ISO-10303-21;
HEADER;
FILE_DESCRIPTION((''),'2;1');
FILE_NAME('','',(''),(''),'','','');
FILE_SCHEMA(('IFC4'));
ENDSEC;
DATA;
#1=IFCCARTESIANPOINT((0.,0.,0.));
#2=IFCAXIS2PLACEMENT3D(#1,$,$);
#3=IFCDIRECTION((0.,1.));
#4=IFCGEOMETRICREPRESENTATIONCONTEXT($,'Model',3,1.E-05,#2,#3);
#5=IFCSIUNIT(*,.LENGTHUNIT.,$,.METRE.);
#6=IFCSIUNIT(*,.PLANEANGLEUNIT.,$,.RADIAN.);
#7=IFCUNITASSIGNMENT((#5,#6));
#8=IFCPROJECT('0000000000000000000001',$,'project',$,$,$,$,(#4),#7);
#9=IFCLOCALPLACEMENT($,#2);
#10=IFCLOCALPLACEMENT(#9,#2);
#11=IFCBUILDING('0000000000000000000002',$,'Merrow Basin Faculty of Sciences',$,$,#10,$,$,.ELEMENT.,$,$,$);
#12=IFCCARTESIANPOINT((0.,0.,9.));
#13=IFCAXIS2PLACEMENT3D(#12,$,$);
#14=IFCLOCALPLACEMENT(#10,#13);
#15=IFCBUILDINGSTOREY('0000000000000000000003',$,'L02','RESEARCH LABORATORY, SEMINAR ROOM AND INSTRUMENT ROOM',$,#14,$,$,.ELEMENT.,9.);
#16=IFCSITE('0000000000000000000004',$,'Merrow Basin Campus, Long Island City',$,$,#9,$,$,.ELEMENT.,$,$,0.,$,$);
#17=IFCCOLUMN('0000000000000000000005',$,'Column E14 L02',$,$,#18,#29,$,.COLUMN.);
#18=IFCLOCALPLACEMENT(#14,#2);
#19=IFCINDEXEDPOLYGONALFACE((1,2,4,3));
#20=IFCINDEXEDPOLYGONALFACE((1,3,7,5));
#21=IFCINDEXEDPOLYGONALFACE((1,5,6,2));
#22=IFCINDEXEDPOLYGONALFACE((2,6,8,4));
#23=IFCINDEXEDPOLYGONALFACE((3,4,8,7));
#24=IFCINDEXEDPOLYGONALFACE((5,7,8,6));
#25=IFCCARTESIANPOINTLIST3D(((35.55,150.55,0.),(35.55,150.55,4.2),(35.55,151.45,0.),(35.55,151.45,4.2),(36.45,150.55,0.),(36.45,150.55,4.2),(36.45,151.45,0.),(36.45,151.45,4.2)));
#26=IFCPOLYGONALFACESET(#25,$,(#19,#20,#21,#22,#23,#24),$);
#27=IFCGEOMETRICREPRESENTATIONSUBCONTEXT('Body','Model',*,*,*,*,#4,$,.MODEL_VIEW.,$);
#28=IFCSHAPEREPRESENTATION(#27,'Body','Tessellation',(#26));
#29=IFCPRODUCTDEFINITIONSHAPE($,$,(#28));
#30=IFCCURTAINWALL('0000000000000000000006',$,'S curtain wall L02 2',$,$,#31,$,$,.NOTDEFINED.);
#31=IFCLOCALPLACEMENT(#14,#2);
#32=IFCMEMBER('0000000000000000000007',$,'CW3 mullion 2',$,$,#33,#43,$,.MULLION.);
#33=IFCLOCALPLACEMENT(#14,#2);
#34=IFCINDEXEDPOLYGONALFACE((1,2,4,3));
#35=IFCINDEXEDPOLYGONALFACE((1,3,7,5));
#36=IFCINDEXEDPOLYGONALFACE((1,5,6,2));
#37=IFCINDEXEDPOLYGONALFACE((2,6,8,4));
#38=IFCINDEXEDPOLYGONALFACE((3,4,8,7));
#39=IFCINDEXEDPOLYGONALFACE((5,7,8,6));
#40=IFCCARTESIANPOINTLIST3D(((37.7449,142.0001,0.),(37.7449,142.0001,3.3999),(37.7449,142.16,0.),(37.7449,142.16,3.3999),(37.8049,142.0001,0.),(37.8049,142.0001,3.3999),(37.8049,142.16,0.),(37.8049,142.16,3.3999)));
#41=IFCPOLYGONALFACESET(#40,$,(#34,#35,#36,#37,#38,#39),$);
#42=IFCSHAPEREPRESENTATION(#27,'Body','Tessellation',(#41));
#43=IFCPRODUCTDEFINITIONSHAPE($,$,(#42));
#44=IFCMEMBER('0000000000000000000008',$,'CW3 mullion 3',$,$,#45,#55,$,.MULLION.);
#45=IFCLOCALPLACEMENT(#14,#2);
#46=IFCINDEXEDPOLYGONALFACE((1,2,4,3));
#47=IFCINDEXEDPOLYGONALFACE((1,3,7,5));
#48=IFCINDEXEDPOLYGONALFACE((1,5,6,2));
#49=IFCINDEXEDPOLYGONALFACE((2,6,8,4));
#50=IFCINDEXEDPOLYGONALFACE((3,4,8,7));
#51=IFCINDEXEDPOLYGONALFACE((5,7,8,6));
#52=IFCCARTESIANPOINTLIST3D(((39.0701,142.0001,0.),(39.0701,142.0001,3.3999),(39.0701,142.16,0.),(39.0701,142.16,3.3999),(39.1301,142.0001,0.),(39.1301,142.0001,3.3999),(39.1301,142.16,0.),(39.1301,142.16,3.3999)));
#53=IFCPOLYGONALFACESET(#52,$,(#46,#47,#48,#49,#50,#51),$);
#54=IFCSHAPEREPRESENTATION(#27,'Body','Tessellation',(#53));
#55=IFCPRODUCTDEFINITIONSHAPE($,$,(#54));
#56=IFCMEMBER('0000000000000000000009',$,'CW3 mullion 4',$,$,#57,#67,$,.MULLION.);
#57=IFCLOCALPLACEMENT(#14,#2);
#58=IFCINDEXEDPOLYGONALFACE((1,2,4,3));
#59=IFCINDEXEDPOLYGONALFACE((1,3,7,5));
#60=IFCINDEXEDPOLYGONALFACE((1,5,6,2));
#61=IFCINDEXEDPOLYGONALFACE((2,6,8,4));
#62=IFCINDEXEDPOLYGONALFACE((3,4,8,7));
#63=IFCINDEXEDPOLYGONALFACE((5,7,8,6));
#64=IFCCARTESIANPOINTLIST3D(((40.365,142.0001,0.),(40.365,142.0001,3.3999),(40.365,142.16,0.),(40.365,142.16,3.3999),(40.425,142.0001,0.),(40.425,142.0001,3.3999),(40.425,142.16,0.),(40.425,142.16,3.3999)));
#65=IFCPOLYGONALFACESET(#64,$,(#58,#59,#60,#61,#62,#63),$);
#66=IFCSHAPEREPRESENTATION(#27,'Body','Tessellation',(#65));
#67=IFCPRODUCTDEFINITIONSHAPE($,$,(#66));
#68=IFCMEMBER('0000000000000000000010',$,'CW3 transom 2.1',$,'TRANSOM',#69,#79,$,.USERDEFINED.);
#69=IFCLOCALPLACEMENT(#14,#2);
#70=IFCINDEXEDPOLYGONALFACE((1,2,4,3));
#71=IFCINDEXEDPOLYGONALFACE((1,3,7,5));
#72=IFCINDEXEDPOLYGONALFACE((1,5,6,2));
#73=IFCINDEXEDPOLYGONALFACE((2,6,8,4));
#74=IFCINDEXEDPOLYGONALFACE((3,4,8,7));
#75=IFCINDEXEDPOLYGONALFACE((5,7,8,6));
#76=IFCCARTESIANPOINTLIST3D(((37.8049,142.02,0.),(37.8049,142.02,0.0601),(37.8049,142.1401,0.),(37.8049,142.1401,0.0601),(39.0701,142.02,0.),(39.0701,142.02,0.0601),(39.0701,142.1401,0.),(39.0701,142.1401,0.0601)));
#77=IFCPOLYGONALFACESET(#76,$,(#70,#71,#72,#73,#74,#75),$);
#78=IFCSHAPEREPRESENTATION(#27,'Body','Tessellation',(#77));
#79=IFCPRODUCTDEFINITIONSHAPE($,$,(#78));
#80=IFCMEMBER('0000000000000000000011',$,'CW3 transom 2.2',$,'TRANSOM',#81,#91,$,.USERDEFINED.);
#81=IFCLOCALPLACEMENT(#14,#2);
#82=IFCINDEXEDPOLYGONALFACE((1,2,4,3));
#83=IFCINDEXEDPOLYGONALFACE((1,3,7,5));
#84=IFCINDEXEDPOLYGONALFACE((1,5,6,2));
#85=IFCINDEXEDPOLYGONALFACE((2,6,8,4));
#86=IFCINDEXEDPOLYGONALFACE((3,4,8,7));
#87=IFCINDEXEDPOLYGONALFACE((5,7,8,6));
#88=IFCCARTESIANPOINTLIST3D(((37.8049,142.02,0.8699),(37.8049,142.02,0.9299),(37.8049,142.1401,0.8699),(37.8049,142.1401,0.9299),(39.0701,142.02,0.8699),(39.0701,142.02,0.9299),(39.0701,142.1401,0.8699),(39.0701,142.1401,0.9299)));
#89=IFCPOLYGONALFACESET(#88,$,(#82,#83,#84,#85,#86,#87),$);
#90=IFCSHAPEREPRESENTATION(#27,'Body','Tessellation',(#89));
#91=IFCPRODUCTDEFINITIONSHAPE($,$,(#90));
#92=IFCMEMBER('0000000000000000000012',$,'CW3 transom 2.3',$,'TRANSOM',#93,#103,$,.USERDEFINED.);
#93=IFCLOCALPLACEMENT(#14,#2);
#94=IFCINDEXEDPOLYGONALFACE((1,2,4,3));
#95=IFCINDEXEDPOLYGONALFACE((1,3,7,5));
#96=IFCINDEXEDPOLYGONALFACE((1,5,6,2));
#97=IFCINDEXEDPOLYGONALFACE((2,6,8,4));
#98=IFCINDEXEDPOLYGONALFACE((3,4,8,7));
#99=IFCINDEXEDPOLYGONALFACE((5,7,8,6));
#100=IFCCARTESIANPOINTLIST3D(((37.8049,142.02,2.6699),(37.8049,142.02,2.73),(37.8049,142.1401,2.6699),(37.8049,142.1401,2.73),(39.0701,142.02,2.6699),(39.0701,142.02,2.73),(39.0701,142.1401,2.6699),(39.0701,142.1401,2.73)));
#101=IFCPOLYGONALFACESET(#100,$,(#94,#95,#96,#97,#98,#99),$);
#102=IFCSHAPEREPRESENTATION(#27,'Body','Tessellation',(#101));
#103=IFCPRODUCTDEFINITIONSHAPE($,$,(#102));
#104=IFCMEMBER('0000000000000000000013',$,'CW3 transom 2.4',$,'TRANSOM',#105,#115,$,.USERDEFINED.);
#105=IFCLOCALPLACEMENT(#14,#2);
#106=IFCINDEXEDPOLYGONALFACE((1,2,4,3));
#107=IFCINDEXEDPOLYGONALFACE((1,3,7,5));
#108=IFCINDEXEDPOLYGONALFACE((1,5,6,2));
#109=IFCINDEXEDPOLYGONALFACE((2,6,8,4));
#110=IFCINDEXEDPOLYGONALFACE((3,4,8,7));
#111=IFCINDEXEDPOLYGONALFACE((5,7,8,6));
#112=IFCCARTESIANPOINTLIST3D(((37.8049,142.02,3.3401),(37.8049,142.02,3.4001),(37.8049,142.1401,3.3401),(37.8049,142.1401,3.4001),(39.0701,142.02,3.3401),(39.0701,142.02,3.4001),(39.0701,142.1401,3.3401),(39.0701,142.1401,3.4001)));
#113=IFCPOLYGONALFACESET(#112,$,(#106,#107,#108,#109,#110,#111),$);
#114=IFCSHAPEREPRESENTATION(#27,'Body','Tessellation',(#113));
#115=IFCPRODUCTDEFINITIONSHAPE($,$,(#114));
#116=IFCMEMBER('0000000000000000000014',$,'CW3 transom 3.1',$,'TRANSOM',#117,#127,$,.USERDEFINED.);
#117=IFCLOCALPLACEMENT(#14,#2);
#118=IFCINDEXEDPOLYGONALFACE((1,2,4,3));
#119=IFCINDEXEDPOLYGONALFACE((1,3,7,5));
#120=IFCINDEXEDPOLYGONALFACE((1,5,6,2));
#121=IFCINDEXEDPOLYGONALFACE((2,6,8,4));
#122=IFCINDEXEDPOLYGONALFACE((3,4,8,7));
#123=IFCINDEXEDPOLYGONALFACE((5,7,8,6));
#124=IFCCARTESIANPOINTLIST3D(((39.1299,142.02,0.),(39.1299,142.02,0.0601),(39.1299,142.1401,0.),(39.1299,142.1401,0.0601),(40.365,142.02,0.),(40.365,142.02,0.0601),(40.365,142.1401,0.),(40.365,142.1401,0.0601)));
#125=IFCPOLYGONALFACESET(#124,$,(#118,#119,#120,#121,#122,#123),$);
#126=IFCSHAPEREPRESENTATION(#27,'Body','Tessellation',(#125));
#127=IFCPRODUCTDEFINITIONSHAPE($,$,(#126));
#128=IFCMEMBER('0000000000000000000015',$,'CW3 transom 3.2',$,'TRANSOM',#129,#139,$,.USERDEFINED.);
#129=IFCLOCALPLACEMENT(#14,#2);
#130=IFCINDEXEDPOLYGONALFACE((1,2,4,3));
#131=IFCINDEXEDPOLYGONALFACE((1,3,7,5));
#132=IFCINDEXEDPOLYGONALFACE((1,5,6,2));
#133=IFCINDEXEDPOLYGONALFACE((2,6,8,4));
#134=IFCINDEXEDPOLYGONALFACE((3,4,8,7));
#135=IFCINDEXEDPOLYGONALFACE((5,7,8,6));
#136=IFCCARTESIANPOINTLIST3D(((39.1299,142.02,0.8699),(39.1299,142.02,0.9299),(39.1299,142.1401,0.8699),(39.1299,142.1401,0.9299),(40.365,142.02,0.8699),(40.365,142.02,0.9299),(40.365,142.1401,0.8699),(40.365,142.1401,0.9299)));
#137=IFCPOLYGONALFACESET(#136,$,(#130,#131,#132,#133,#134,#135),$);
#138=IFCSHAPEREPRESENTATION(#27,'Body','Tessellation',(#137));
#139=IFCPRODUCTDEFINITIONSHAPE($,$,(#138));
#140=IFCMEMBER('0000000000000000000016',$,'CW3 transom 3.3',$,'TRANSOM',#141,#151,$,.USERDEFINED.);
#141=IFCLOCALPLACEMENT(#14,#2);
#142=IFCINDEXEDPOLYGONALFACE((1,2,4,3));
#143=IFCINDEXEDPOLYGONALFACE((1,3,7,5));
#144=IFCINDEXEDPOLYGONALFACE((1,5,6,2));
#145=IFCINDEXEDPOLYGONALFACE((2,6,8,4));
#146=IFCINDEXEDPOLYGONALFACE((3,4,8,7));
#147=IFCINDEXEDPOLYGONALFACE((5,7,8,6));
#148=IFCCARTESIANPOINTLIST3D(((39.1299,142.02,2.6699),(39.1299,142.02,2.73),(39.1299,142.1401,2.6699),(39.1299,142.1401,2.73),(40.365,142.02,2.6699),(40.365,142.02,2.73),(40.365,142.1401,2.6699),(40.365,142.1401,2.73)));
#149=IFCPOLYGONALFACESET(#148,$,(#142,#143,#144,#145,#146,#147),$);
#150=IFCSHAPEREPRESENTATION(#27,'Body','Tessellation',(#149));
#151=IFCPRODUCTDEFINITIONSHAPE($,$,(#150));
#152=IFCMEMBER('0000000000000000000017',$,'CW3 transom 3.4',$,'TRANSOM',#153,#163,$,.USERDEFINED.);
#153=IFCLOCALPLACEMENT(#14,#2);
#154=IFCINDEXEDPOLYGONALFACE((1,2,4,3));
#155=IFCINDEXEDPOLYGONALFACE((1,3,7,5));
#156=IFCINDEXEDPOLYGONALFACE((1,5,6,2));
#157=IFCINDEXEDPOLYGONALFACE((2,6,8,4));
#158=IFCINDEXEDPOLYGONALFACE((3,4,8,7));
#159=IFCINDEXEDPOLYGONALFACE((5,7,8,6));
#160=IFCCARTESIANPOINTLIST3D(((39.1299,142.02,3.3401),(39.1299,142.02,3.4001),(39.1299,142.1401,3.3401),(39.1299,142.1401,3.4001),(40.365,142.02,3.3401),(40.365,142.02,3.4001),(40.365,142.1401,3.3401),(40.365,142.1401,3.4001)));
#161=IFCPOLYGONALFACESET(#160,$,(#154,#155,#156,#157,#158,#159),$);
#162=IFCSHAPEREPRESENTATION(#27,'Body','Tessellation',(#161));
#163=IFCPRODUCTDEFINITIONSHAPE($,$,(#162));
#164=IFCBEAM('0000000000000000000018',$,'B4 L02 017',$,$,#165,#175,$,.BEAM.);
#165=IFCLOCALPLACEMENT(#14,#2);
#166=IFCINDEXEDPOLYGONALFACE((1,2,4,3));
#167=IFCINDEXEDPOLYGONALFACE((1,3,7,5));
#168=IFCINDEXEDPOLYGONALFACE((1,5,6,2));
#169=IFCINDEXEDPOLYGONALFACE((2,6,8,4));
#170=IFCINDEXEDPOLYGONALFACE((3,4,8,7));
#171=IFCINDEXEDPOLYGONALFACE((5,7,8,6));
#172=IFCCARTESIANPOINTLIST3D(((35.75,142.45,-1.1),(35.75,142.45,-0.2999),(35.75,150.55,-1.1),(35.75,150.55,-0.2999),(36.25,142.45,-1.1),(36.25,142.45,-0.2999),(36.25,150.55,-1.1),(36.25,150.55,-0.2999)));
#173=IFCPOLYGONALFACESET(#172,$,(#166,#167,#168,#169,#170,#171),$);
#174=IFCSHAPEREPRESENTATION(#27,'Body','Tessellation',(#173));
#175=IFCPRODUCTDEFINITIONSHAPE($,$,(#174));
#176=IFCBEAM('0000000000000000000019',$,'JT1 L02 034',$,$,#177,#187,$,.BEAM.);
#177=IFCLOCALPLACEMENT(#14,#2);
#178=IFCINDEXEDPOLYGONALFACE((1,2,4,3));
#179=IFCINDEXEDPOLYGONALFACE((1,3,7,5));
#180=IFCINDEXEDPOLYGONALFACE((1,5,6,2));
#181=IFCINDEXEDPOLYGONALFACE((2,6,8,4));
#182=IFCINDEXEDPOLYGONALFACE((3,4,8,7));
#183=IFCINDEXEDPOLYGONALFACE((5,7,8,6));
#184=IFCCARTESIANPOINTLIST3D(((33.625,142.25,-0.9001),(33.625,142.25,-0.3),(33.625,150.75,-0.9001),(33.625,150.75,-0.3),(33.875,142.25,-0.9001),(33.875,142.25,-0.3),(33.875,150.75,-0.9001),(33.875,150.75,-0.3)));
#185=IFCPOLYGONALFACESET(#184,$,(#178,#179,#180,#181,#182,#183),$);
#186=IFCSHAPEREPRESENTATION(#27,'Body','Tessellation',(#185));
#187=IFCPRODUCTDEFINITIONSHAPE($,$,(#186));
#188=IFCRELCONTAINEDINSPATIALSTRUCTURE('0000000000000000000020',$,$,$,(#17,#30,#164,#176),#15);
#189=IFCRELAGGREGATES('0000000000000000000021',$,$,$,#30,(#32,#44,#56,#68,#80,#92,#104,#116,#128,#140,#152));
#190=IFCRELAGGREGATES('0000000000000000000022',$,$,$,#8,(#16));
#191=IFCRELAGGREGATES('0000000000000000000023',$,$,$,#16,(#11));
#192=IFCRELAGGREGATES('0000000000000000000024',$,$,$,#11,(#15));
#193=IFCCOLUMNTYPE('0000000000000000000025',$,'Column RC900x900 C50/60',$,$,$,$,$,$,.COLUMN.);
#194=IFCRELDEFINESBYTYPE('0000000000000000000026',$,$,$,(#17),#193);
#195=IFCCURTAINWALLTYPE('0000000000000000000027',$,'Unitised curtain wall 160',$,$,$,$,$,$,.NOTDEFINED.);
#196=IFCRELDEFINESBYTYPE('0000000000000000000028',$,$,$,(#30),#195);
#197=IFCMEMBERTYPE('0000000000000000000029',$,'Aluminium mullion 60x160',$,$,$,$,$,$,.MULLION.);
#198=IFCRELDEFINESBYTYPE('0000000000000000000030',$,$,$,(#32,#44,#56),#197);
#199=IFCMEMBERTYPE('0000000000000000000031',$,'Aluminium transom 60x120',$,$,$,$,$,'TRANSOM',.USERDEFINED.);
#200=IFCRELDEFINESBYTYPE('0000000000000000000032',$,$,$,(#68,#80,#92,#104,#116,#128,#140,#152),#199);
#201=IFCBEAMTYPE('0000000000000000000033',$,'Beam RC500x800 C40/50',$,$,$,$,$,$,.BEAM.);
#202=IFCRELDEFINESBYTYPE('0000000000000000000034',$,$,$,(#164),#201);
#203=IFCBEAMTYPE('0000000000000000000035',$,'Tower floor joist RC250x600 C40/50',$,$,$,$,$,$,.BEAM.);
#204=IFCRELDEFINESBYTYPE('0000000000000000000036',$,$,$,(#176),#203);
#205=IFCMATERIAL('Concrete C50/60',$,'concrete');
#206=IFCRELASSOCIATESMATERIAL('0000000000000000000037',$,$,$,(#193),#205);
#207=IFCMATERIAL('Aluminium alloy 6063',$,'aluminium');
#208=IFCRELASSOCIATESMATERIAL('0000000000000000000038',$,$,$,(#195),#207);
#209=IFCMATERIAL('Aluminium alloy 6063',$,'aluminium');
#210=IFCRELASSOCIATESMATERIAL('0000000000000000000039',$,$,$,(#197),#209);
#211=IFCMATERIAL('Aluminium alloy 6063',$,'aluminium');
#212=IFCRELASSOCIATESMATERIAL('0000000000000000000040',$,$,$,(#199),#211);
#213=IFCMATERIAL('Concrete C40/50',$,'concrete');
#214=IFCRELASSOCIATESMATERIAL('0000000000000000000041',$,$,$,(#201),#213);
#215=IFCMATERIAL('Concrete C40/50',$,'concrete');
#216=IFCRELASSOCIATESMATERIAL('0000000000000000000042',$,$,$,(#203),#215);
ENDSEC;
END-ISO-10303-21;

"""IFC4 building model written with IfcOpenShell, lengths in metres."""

from ifc_helpers import new_model, si_unit, direction, frame, origin, origin_2d, place, context, subcontext, project, spatial, rectangle, extrude, material, material_profile, profile_set, type_object, element, aggregate, save


model = new_model("IFC4")

# Units and contexts
model_context = context("Model", 3, precision=1e-05, world=origin(), true_north=direction((0.0, 1.0)))
body_context = subcontext(model_context, "Body", "Model", "MODEL_VIEW")
ifc_project = project(units=[si_unit("LENGTHUNIT", "METRE"), si_unit("PLANEANGLEUNIT", "RADIAN")], contexts=[model_context])

# Site, building, storey
site_placement = place(None, origin())
site = spatial("IfcSite", under=ifc_project, at=site_placement, Name="Merrow Basin Campus, Long Island City", CompositionType="ELEMENT", RefElevation=0.0)
building_placement = place(site_placement, origin())
building = spatial("IfcBuilding", under=site, at=building_placement, Name="Merrow Basin Faculty of Sciences", CompositionType="ELEMENT")
storey_placement = place(building_placement, frame((0.0, 0.0, 9.0)))
storey = spatial("IfcBuildingStorey", under=building, at=storey_placement, Name="L02", Description="RESEARCH LABORATORY, SEMINAR ROOM AND INSTRUMENT ROOM", CompositionType="ELEMENT", Elevation=9.0)

# Column
ifc_material_1 = material(Name="Concrete C50/60", Category="concrete")
ifc_material_profile_1 = material_profile(ifc_material_1, rectangle(XDim=0.8999, YDim=0.8999, at=origin_2d()))
ifc_profile_set_1 = profile_set([ifc_material_profile_1], Name="Concrete C50/60")
column_type = type_object("IfcColumnType", Name="Column RC900x900 C50/60", PredefinedType="COLUMN", material=ifc_profile_set_1)
column_placement = place(storey_placement, frame((36.0, 151.0, 0.0), z_axis=(0.0, 0.0, 1.0), x_axis=(1.0, 0.0, 0.0)))
element("IfcColumn", 1, at=column_placement, inside=storey, type_object=column_type, Name="Column E14 L02", PredefinedType="COLUMN", context=body_context, shape_type="SweptSolid", body=[
    extrude(rectangle(XDim=0.8999, YDim=0.8999, at=origin_2d()), origin(), (0.0, 0.0, 1.0), 4.2),
])

# Curtain wall, members
ifc_material_2 = material(Name="Aluminium alloy 6063", Category="aluminium")
curtain_wall_type = type_object("IfcCurtainWallType", Name="Unitised curtain wall 160", PredefinedType="NOTDEFINED", material=ifc_material_2)
curtain_wall_placement = place(storey_placement, origin())
curtain_wall = element("IfcCurtainWall", 2, at=curtain_wall_placement, inside=storey, type_object=curtain_wall_type, Name="S curtain wall L02 2", PredefinedType="NOTDEFINED")
ifc_material_3 = material(Name="Aluminium alloy 6063", Category="aluminium")
ifc_material_profile_2 = material_profile(ifc_material_3, rectangle(XDim=0.1599, YDim=0.0601, at=origin_2d()))
ifc_profile_set_2 = profile_set([ifc_material_profile_2], Name="Aluminium alloy 6063")
member_type_1 = type_object("IfcMemberType", Name="Aluminium mullion 60x160", PredefinedType="MULLION", material=ifc_profile_set_2)
member_1_placement = place(storey_placement, frame((37.7749, 142.0801, 0.0), z_axis=(0.0, 0.0, 1.0), x_axis=(0.0, 1.0, 0.0)))
member_1 = element("IfcMember", 3, at=member_1_placement, type_object=member_type_1, Name="CW3 mullion 2", PredefinedType="MULLION", context=body_context, shape_type="SweptSolid", body=[
    extrude(rectangle(XDim=0.1599, YDim=0.0601, at=origin_2d()), origin(), (0.0, 0.0, 1.0), 3.3999),
])
member_2_placement = place(storey_placement, frame((39.1001, 142.0801, 0.0), z_axis=(0.0, 0.0, 1.0), x_axis=(0.0, 1.0, 0.0)))
member_2 = element("IfcMember", 4, at=member_2_placement, type_object=member_type_1, Name="CW3 mullion 3", PredefinedType="MULLION", context=body_context, shape_type="SweptSolid", body=[
    extrude(rectangle(XDim=0.1599, YDim=0.0601, at=origin_2d()), origin(), (0.0, 0.0, 1.0), 3.3999),
])
member_3_placement = place(storey_placement, frame((40.395, 142.0801, 0.0), z_axis=(0.0, 0.0, 1.0), x_axis=(0.0, 1.0, 0.0)))
member_3 = element("IfcMember", 5, at=member_3_placement, type_object=member_type_1, Name="CW3 mullion 4", PredefinedType="MULLION", context=body_context, shape_type="SweptSolid", body=[
    extrude(rectangle(XDim=0.1599, YDim=0.0601, at=origin_2d()), origin(), (0.0, 0.0, 1.0), 3.3999),
])
ifc_material_4 = material(Name="Aluminium alloy 6063", Category="aluminium")
ifc_material_profile_3 = material_profile(ifc_material_4, rectangle(XDim=0.1201, YDim=0.0601, at=origin_2d()))
ifc_profile_set_3 = profile_set([ifc_material_profile_3], Name="Aluminium alloy 6063")
member_type_2 = type_object("IfcMemberType", Name="Aluminium transom 60x120", ElementType="TRANSOM", PredefinedType="USERDEFINED", material=ifc_profile_set_3)
member_4_placement = place(storey_placement, frame((37.8049, 142.0801, 0.03), z_axis=(1.0, 0.0, 0.0), x_axis=(0.0, 1.0, 0.0)))
member_4 = element("IfcMember", 6, at=member_4_placement, type_object=member_type_2, Name="CW3 transom 2.1", ObjectType="TRANSOM", PredefinedType="USERDEFINED", context=body_context, shape_type="SweptSolid", body=[
    extrude(rectangle(XDim=0.1201, YDim=0.0601, at=origin_2d()), origin(), (0.0, 0.0, 1.0), 1.2651),
])
member_5_placement = place(storey_placement, frame((37.8049, 142.0801, 0.8999), z_axis=(1.0, 0.0, 0.0), x_axis=(0.0, 1.0, 0.0)))
member_5 = element("IfcMember", 7, at=member_5_placement, type_object=member_type_2, Name="CW3 transom 2.2", ObjectType="TRANSOM", PredefinedType="USERDEFINED", context=body_context, shape_type="SweptSolid", body=[
    extrude(rectangle(XDim=0.1201, YDim=0.0601, at=origin_2d()), origin(), (0.0, 0.0, 1.0), 1.2651),
])
member_6_placement = place(storey_placement, frame((37.8049, 142.0801, 2.7), z_axis=(1.0, 0.0, 0.0), x_axis=(0.0, 1.0, 0.0)))
member_6 = element("IfcMember", 8, at=member_6_placement, type_object=member_type_2, Name="CW3 transom 2.3", ObjectType="TRANSOM", PredefinedType="USERDEFINED", context=body_context, shape_type="SweptSolid", body=[
    extrude(rectangle(XDim=0.1201, YDim=0.0601, at=origin_2d()), origin(), (0.0, 0.0, 1.0), 1.2651),
])
member_7_placement = place(storey_placement, frame((37.8049, 142.0801, 3.3701), z_axis=(1.0, 0.0, 0.0), x_axis=(0.0, 1.0, 0.0)))
member_7 = element("IfcMember", 9, at=member_7_placement, type_object=member_type_2, Name="CW3 transom 2.4", ObjectType="TRANSOM", PredefinedType="USERDEFINED", context=body_context, shape_type="SweptSolid", body=[
    extrude(rectangle(XDim=0.1201, YDim=0.0601, at=origin_2d()), origin(), (0.0, 0.0, 1.0), 1.2651),
])
member_8_placement = place(storey_placement, frame((39.1299, 142.0801, 0.03), z_axis=(1.0, 0.0, 0.0), x_axis=(0.0, 1.0, 0.0)))
member_8 = element("IfcMember", 10, at=member_8_placement, type_object=member_type_2, Name="CW3 transom 3.1", ObjectType="TRANSOM", PredefinedType="USERDEFINED", context=body_context, shape_type="SweptSolid", body=[
    extrude(rectangle(XDim=0.1201, YDim=0.0601, at=origin_2d()), origin(), (0.0, 0.0, 1.0), 1.2351),
])
member_9_placement = place(storey_placement, frame((39.1299, 142.0801, 0.8999), z_axis=(1.0, 0.0, 0.0), x_axis=(0.0, 1.0, 0.0)))
member_9 = element("IfcMember", 11, at=member_9_placement, type_object=member_type_2, Name="CW3 transom 3.2", ObjectType="TRANSOM", PredefinedType="USERDEFINED", context=body_context, shape_type="SweptSolid", body=[
    extrude(rectangle(XDim=0.1201, YDim=0.0601, at=origin_2d()), origin(), (0.0, 0.0, 1.0), 1.2351),
])
member_10_placement = place(storey_placement, frame((39.1299, 142.0801, 2.7), z_axis=(1.0, 0.0, 0.0), x_axis=(0.0, 1.0, 0.0)))
member_10 = element("IfcMember", 12, at=member_10_placement, type_object=member_type_2, Name="CW3 transom 3.3", ObjectType="TRANSOM", PredefinedType="USERDEFINED", context=body_context, shape_type="SweptSolid", body=[
    extrude(rectangle(XDim=0.1201, YDim=0.0601, at=origin_2d()), origin(), (0.0, 0.0, 1.0), 1.2351),
])
member_11_placement = place(storey_placement, frame((39.1299, 142.0801, 3.3701), z_axis=(1.0, 0.0, 0.0), x_axis=(0.0, 1.0, 0.0)))
member_11 = element("IfcMember", 13, at=member_11_placement, type_object=member_type_2, Name="CW3 transom 3.4", ObjectType="TRANSOM", PredefinedType="USERDEFINED", context=body_context, shape_type="SweptSolid", body=[
    extrude(rectangle(XDim=0.1201, YDim=0.0601, at=origin_2d()), origin(), (0.0, 0.0, 1.0), 1.2351),
])

# Beams
ifc_material_5 = material(Name="Concrete C40/50", Category="concrete")
ifc_material_profile_4 = material_profile(ifc_material_5, rectangle(XDim=0.5, YDim=0.8, at=origin_2d()))
ifc_profile_set_4 = profile_set([ifc_material_profile_4], Name="Concrete C40/50")
beam_type_1 = type_object("IfcBeamType", Name="Beam RC500x800 C40/50", PredefinedType="BEAM", material=ifc_profile_set_4)
beam_placement = place(storey_placement, frame((36.0, 142.45, -0.7), z_axis=(0.0, 1.0, 0.0), x_axis=(-1.0, 0.0, 0.0)))
element("IfcBeam", 14, at=beam_placement, inside=storey, type_object=beam_type_1, Name="B4 L02 017", PredefinedType="BEAM", context=body_context, shape_type="SweptSolid", body=[
    extrude(rectangle(XDim=0.5, YDim=0.8, at=origin_2d()), origin(), (0.0, 0.0, 1.0), 8.1001),
])
ifc_material_6 = material(Name="Concrete C40/50", Category="concrete")
ifc_material_profile_5 = material_profile(ifc_material_6, rectangle(XDim=0.25, YDim=0.6001, at=origin_2d()))
ifc_profile_set_5 = profile_set([ifc_material_profile_5], Name="Concrete C40/50")
beam_type_2 = type_object("IfcBeamType", Name="Tower floor joist RC250x600 C40/50", PredefinedType="BEAM", material=ifc_profile_set_5)
for number, where, z_axis, x_axis, name in (
    (15, (33.75, 142.25, -0.6001), (0.0, 1.0, 0.0), (-1.0, 0.0, 0.0), "JT1 L02 034"),
):
    element("IfcBeam", number, at=place(storey_placement, frame(where, z_axis=z_axis, x_axis=x_axis)), inside=storey, type_object=beam_type_2, Name=name, PredefinedType="BEAM", context=body_context, shape_type="SweptSolid", body=[
        extrude(rectangle(XDim=0.25, YDim=0.6001, at=origin_2d()), origin(), (0.0, 0.0, 1.0), 8.5),
    ])

aggregate(curtain_wall, [member_1, member_2, member_3, member_4, member_5, member_6, member_7, member_8, member_9, member_10, member_11])

save(model, "model.ifc")
